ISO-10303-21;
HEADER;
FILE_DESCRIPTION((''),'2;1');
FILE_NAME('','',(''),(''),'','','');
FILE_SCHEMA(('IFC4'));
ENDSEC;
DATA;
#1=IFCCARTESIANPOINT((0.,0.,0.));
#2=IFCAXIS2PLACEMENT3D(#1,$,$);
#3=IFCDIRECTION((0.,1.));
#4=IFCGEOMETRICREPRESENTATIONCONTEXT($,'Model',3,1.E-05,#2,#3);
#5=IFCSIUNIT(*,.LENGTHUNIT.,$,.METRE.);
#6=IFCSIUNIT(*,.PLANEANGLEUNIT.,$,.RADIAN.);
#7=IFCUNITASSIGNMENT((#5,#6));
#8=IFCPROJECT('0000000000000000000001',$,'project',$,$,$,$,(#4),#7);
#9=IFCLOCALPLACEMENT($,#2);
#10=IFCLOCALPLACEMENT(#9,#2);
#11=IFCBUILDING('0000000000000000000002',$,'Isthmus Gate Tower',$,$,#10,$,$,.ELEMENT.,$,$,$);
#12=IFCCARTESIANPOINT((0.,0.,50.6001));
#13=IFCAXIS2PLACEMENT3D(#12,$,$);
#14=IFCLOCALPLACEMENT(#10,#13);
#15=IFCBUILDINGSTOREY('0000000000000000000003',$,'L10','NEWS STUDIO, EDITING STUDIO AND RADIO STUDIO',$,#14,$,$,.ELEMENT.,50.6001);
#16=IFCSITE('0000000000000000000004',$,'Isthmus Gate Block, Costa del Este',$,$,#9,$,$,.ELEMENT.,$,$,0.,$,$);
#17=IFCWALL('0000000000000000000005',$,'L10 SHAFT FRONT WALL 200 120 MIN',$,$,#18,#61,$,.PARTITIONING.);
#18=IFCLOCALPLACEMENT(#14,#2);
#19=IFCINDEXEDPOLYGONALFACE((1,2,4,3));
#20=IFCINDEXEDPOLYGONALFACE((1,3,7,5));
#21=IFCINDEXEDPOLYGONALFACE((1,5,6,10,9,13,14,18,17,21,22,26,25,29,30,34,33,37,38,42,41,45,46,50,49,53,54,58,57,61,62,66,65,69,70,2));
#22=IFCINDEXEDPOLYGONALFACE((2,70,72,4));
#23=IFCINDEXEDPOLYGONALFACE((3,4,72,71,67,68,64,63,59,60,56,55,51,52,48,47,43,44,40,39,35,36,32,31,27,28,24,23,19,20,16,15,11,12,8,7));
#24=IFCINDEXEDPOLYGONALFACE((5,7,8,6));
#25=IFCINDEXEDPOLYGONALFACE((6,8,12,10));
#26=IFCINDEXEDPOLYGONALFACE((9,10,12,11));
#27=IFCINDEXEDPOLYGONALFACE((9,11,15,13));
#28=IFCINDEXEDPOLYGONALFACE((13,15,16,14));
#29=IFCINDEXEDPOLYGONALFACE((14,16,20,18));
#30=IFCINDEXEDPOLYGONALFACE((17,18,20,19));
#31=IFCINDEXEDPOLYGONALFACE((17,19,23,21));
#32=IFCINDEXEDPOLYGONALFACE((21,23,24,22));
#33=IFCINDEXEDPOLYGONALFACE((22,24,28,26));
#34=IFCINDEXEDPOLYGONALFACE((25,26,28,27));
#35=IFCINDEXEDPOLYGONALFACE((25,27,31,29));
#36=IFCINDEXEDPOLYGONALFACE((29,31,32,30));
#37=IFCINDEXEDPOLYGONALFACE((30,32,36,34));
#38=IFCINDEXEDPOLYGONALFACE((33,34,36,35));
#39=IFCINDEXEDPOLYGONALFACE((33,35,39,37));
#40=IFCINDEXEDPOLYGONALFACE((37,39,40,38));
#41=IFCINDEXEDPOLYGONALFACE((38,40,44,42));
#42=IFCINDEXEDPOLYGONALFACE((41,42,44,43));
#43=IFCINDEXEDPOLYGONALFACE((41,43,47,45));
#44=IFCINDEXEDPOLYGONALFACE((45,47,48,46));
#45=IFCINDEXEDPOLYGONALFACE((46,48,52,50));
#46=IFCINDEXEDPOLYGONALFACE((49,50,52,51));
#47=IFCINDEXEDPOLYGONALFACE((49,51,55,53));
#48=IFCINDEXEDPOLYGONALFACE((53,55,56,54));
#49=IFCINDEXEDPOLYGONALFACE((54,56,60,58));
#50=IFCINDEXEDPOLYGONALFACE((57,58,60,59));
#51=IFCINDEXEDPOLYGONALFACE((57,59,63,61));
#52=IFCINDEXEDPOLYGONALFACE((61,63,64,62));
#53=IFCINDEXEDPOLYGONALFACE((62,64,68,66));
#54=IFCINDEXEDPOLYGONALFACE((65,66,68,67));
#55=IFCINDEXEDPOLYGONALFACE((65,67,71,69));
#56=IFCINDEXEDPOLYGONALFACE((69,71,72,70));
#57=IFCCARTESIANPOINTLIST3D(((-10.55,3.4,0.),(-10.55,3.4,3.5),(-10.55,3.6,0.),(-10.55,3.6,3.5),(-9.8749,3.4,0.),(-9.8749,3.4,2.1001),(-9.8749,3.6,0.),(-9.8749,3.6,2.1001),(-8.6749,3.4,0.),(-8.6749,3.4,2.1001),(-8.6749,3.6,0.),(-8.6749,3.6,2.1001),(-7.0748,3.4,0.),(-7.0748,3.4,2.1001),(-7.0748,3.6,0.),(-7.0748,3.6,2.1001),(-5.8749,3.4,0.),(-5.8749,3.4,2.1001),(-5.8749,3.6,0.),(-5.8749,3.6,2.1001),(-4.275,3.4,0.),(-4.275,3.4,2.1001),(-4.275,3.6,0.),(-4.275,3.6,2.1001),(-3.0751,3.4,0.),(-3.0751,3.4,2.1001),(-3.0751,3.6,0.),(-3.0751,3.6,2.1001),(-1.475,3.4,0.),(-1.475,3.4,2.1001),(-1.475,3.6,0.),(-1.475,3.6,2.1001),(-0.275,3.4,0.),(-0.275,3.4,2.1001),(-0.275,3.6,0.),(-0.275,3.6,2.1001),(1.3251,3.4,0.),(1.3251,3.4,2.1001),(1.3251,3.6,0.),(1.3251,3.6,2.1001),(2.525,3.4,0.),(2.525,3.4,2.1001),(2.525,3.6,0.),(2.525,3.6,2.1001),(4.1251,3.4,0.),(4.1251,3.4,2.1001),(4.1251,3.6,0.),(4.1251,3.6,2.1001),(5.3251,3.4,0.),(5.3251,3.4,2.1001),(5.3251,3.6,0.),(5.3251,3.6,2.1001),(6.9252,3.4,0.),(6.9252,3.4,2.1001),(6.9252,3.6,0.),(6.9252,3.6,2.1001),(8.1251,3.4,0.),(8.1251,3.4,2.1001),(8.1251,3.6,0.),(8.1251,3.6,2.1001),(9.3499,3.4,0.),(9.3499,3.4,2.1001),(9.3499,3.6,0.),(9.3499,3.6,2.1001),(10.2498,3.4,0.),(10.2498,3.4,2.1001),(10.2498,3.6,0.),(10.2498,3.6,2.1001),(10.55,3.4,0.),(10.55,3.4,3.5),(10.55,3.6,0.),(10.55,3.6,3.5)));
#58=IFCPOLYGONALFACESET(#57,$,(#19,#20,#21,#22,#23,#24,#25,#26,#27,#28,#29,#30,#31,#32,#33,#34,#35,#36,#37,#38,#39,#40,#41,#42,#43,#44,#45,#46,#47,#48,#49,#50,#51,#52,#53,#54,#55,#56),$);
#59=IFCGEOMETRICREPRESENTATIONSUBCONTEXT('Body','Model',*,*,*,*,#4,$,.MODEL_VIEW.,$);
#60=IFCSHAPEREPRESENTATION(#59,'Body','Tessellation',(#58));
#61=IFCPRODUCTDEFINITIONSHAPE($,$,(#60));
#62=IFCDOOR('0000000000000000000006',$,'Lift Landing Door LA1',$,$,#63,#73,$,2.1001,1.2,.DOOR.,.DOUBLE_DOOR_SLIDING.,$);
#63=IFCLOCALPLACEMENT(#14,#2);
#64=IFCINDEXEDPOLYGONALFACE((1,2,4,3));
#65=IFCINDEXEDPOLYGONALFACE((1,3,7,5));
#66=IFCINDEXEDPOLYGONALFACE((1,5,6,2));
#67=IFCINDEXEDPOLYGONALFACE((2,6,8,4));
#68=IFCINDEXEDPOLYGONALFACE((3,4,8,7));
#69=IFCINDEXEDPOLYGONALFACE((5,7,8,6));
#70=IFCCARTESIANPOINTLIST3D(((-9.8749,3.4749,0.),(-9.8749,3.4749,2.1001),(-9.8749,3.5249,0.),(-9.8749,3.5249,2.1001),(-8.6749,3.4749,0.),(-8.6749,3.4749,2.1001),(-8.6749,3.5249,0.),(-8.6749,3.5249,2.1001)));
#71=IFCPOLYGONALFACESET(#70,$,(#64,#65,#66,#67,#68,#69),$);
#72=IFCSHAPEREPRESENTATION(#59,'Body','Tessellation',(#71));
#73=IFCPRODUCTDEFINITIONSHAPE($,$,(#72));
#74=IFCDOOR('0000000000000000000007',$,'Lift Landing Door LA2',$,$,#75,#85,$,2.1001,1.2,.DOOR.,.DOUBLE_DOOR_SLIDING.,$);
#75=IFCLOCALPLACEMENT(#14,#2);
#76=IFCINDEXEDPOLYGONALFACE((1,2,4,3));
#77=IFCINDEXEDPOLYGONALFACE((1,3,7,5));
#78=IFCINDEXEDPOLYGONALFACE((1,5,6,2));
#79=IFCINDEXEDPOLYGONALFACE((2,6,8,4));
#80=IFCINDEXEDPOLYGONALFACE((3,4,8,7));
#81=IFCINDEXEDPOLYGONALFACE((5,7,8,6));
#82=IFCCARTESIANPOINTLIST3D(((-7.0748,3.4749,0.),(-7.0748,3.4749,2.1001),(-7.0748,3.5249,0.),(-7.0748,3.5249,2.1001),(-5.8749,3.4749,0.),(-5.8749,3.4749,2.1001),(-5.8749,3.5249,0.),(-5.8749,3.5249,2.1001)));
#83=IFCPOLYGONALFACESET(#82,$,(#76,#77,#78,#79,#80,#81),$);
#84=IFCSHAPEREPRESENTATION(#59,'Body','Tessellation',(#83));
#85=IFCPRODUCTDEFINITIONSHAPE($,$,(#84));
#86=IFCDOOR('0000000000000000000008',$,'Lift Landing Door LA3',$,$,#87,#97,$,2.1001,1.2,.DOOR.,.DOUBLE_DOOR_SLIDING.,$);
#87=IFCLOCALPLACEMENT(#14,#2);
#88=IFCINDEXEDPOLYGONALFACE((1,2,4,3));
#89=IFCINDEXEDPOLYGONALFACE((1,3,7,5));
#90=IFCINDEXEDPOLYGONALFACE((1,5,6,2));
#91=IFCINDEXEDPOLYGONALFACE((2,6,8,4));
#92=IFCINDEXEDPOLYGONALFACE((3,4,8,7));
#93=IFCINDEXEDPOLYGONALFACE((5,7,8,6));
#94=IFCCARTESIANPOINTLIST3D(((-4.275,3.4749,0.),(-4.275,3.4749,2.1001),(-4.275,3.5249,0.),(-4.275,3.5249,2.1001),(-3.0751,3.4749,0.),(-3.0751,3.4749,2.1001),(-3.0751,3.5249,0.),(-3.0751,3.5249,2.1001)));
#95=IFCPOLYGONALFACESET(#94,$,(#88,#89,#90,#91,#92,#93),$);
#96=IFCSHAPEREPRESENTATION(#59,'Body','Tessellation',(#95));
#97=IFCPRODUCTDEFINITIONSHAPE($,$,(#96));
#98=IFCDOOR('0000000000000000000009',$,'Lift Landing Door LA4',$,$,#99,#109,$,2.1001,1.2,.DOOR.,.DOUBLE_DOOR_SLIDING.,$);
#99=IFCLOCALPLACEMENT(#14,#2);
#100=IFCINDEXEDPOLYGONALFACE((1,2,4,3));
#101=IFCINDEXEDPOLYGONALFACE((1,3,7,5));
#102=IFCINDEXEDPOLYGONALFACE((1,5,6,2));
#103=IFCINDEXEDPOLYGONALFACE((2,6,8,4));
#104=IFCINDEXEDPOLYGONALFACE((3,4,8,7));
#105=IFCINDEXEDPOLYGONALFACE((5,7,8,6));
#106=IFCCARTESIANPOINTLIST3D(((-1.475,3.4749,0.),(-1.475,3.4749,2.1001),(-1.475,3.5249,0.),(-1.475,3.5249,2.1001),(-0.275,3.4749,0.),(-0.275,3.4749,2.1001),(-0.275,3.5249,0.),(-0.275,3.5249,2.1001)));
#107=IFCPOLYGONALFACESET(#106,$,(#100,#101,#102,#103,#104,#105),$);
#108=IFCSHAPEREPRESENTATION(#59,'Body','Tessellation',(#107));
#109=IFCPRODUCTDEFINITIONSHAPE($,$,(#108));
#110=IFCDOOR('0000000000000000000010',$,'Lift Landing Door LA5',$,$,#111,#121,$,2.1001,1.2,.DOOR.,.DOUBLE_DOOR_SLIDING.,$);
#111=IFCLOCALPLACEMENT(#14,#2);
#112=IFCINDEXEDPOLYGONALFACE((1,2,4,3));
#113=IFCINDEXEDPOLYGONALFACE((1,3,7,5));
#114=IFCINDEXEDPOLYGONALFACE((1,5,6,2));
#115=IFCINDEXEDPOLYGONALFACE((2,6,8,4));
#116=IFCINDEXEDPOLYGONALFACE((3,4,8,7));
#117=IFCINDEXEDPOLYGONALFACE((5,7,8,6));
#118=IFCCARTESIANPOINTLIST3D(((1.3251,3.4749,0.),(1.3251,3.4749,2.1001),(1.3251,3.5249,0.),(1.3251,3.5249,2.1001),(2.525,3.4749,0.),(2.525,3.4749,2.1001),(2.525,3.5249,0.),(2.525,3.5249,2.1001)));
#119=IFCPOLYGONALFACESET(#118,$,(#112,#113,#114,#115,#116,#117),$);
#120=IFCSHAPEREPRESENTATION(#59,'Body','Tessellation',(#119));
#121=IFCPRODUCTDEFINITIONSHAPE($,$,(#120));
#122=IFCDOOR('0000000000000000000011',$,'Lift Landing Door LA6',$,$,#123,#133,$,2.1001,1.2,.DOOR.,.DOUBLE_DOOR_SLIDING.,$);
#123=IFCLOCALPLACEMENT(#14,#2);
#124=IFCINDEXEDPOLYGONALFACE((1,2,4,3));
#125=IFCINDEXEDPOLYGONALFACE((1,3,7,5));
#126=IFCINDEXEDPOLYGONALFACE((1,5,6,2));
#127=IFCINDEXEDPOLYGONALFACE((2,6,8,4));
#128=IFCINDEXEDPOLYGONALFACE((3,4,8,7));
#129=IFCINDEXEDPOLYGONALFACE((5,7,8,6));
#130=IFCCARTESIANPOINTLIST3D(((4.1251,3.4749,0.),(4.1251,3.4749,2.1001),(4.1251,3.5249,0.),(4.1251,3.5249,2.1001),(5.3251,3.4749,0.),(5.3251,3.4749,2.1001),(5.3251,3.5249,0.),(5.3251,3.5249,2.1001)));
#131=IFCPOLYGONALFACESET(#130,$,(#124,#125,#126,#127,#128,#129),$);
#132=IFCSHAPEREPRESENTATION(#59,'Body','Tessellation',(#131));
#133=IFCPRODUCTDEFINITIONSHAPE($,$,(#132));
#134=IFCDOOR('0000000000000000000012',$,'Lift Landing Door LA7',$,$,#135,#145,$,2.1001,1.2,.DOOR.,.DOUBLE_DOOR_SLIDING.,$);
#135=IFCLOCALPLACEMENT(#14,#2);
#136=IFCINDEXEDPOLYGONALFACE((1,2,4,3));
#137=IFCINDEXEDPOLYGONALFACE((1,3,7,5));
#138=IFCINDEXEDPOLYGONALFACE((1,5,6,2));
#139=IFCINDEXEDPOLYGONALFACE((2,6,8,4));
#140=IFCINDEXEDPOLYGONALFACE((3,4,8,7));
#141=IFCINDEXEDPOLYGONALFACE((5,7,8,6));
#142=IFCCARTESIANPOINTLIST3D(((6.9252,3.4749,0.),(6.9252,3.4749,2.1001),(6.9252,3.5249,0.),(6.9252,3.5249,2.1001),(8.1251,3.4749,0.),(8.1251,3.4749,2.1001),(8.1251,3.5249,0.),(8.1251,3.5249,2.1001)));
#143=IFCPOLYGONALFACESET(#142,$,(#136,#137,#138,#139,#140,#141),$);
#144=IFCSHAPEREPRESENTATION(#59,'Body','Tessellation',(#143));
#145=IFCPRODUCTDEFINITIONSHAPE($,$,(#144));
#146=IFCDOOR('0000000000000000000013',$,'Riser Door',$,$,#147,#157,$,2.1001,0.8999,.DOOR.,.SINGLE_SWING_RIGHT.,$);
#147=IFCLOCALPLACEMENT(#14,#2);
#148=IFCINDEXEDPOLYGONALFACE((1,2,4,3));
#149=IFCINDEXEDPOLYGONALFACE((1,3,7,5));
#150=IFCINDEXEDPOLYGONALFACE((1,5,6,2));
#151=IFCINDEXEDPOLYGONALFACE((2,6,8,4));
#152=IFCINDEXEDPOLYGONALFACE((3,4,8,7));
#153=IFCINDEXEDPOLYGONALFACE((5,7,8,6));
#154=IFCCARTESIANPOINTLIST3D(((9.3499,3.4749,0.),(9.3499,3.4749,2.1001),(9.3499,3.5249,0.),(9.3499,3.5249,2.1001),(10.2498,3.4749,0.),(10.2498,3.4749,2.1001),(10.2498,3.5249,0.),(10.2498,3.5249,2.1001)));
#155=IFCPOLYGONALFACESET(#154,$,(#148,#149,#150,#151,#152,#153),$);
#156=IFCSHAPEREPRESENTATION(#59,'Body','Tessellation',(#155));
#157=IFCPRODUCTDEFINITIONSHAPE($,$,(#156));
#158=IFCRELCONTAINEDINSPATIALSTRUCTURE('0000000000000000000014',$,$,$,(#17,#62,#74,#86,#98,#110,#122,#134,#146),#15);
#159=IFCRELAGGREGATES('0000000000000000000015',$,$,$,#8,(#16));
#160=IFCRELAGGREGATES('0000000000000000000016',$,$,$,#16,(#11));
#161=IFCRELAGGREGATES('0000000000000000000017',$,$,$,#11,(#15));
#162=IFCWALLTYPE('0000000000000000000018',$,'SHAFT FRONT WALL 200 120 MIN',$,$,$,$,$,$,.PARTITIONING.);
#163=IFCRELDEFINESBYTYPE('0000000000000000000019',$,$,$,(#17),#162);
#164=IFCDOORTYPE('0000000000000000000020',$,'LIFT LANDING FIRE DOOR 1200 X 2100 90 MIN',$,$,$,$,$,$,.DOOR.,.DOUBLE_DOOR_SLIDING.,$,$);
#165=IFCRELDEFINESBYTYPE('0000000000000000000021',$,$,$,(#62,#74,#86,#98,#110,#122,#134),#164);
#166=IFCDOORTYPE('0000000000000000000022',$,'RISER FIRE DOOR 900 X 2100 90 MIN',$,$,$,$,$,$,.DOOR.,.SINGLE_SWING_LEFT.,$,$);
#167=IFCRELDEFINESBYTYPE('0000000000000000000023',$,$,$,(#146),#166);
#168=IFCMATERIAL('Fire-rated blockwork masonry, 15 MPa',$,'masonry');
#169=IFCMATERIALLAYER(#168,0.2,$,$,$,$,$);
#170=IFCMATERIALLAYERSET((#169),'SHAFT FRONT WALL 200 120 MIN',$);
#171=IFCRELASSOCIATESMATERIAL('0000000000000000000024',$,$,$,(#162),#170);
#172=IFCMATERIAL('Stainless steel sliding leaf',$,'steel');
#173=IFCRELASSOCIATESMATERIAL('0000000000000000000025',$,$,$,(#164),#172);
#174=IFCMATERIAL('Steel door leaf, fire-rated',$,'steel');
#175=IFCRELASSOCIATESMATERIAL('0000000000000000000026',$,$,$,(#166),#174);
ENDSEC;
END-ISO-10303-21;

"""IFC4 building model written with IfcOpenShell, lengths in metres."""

from ifc_helpers import new_model, si_unit, direction, frame, frame_2d, origin, place, context, subcontext, project, spatial, rectangle, extrude, material, layer, layer_set, type_object, element, fill, save


model = new_model("IFC4")

# Units and contexts
model_context = context("Model", 3, precision=1e-05, world=origin(), true_north=direction((0.0, 1.0)))
body_context = subcontext(model_context, "Body", "Model", "MODEL_VIEW")
ifc_project = project(units=[si_unit("LENGTHUNIT", "METRE"), si_unit("PLANEANGLEUNIT", "RADIAN")], contexts=[model_context])

# Site, building, storey
site_placement = place(None, origin())
site = spatial("IfcSite", under=ifc_project, at=site_placement, Name="Isthmus Gate Block, Costa del Este", CompositionType="ELEMENT", RefElevation=0.0)
building_placement = place(site_placement, origin())
building = spatial("IfcBuilding", under=site, at=building_placement, Name="Isthmus Gate Tower", CompositionType="ELEMENT")
storey_placement = place(building_placement, frame((0.0, 0.0, 50.6001)))
storey = spatial("IfcBuildingStorey", under=building, at=storey_placement, Name="L10", Description="NEWS STUDIO, EDITING STUDIO AND RADIO STUDIO", CompositionType="ELEMENT", Elevation=50.6001)

# Wall, openings, doors
ifc_material_1 = material(Name="Fire-rated blockwork masonry, 15 MPa", Category="masonry")
ifc_layer_1 = layer(ifc_material_1, 0.2)
ifc_layer_set_1 = layer_set([ifc_layer_1], Name="SHAFT FRONT WALL 200 120 MIN")
wall_type_1 = type_object("IfcWallType", Name="SHAFT FRONT WALL 200 120 MIN", PredefinedType="PARTITIONING", material=ifc_layer_set_1)
wall_1_placement = place(storey_placement, frame((-10.55, 3.5, 0.0), z_axis=(0.0, 0.0, 1.0), x_axis=(1.0, 0.0, 0.0)))
wall_1 = element("IfcWall", 1, at=wall_1_placement, inside=storey, type_object=wall_type_1, Name="L10 SHAFT FRONT WALL 200 120 MIN", PredefinedType="PARTITIONING", context=body_context, shape_type="SweptSolid", body=[
    extrude(rectangle(XDim=21.1001, YDim=0.2, at=frame_2d((10.55, 0.0))), origin(), (0.0, 0.0, 1.0), 3.5),
])
opening_1_placement = place(wall_1_placement, frame((0.675, 0.0, 0.0)))
opening_1 = element("IfcOpeningElement", 2, at=opening_1_placement, cuts=wall_1, PredefinedType="OPENING", context=body_context, shape_type="SweptSolid", body=[
    extrude(rectangle(XDim=1.2, YDim=2.1001, at=frame_2d((0.6001, 1.05))), frame((0.0, 0.1099, 0.0), z_axis=(0.0, -1.0, 0.0), x_axis=(1.0, 0.0, 0.0)), (0.0, 0.0, 1.0), 0.22),
])
opening_2_placement = place(wall_1_placement, frame((3.4751, 0.0, 0.0)))
opening_2 = element("IfcOpeningElement", 3, at=opening_2_placement, cuts=wall_1, PredefinedType="OPENING", context=body_context, shape_type="SweptSolid", body=[
    extrude(rectangle(XDim=1.2, YDim=2.1001, at=frame_2d((0.6001, 1.05))), frame((0.0, 0.1099, 0.0), z_axis=(0.0, -1.0, 0.0), x_axis=(1.0, 0.0, 0.0)), (0.0, 0.0, 1.0), 0.22),
])
opening_3_placement = place(wall_1_placement, frame((6.2749, 0.0, 0.0)))
opening_3 = element("IfcOpeningElement", 4, at=opening_3_placement, cuts=wall_1, PredefinedType="OPENING", context=body_context, shape_type="SweptSolid", body=[
    extrude(rectangle(XDim=1.2, YDim=2.1001, at=frame_2d((0.6001, 1.05))), frame((0.0, 0.1099, 0.0), z_axis=(0.0, -1.0, 0.0), x_axis=(1.0, 0.0, 0.0)), (0.0, 0.0, 1.0), 0.22),
])
opening_4_placement = place(wall_1_placement, frame((9.075, 0.0, 0.0)))
opening_4 = element("IfcOpeningElement", 5, at=opening_4_placement, cuts=wall_1, PredefinedType="OPENING", context=body_context, shape_type="SweptSolid", body=[
    extrude(rectangle(XDim=1.2, YDim=2.1001, at=frame_2d((0.6001, 1.05))), frame((0.0, 0.1099, 0.0), z_axis=(0.0, -1.0, 0.0), x_axis=(1.0, 0.0, 0.0)), (0.0, 0.0, 1.0), 0.22),
])
opening_5_placement = place(wall_1_placement, frame((11.875, 0.0, 0.0)))
opening_5 = element("IfcOpeningElement", 6, at=opening_5_placement, cuts=wall_1, PredefinedType="OPENING", context=body_context, shape_type="SweptSolid", body=[
    extrude(rectangle(XDim=1.2, YDim=2.1001, at=frame_2d((0.6001, 1.05))), frame((0.0, 0.1099, 0.0), z_axis=(0.0, -1.0, 0.0), x_axis=(1.0, 0.0, 0.0)), (0.0, 0.0, 1.0), 0.22),
])
opening_6_placement = place(wall_1_placement, frame((14.675, 0.0, 0.0)))
opening_6 = element("IfcOpeningElement", 7, at=opening_6_placement, cuts=wall_1, PredefinedType="OPENING", context=body_context, shape_type="SweptSolid", body=[
    extrude(rectangle(XDim=1.2, YDim=2.1001, at=frame_2d((0.6001, 1.05))), frame((0.0, 0.1099, 0.0), z_axis=(0.0, -1.0, 0.0), x_axis=(1.0, 0.0, 0.0)), (0.0, 0.0, 1.0), 0.22),
])
opening_7_placement = place(wall_1_placement, frame((17.4751, 0.0, 0.0)))
opening_7 = element("IfcOpeningElement", 8, at=opening_7_placement, cuts=wall_1, PredefinedType="OPENING", context=body_context, shape_type="SweptSolid", body=[
    extrude(rectangle(XDim=1.2, YDim=2.1001, at=frame_2d((0.6001, 1.05))), frame((0.0, 0.1099, 0.0), z_axis=(0.0, -1.0, 0.0), x_axis=(1.0, 0.0, 0.0)), (0.0, 0.0, 1.0), 0.22),
])
opening_8_placement = place(wall_1_placement, frame((19.8999, 0.0, 0.0)))
opening_8 = element("IfcOpeningElement", 9, at=opening_8_placement, cuts=wall_1, PredefinedType="OPENING", context=body_context, shape_type="SweptSolid", body=[
    extrude(rectangle(XDim=0.8999, YDim=2.1001, at=frame_2d((0.45, 1.05))), frame((0.0, 0.1099, 0.0), z_axis=(0.0, -1.0, 0.0), x_axis=(1.0, 0.0, 0.0)), (0.0, 0.0, 1.0), 0.22),
])
ifc_material_2 = material(Name="Stainless steel sliding leaf", Category="steel")
door_type_1 = type_object("IfcDoorType", Name="LIFT LANDING FIRE DOOR 1200 X 2100 90 MIN", OperationType="DOUBLE_DOOR_SLIDING", PredefinedType="DOOR", material=ifc_material_2)
door_1_placement = place(opening_1_placement, origin())
door_1 = element("IfcDoor", 10, at=door_1_placement, inside=storey, type_object=door_type_1, Name="Lift Landing Door LA1", OperationType="DOUBLE_DOOR_SLIDING", OverallHeight=2.1001, OverallWidth=1.2, PredefinedType="DOOR", context=body_context, shape_type="SweptSolid", body=[
    extrude(rectangle(XDim=1.2, YDim=2.1001, at=frame_2d((0.6001, 1.05))), frame((0.0, 0.0249, 0.0), z_axis=(0.0, -1.0, 0.0), x_axis=(1.0, 0.0, 0.0)), (0.0, 0.0, 1.0), 0.05),
])
fill(opening_1, door_1)
door_2_placement = place(opening_2_placement, origin())
door_2 = element("IfcDoor", 11, at=door_2_placement, inside=storey, type_object=door_type_1, Name="Lift Landing Door LA2", OperationType="DOUBLE_DOOR_SLIDING", OverallHeight=2.1001, OverallWidth=1.2, PredefinedType="DOOR", context=body_context, shape_type="SweptSolid", body=[
    extrude(rectangle(XDim=1.2, YDim=2.1001, at=frame_2d((0.6001, 1.05))), frame((0.0, 0.0249, 0.0), z_axis=(0.0, -1.0, 0.0), x_axis=(1.0, 0.0, 0.0)), (0.0, 0.0, 1.0), 0.05),
])
fill(opening_2, door_2)
door_3_placement = place(opening_3_placement, origin())
door_3 = element("IfcDoor", 12, at=door_3_placement, inside=storey, type_object=door_type_1, Name="Lift Landing Door LA3", OperationType="DOUBLE_DOOR_SLIDING", OverallHeight=2.1001, OverallWidth=1.2, PredefinedType="DOOR", context=body_context, shape_type="SweptSolid", body=[
    extrude(rectangle(XDim=1.2, YDim=2.1001, at=frame_2d((0.6001, 1.05))), frame((0.0, 0.0249, 0.0), z_axis=(0.0, -1.0, 0.0), x_axis=(1.0, 0.0, 0.0)), (0.0, 0.0, 1.0), 0.05),
])
fill(opening_3, door_3)
door_4_placement = place(opening_4_placement, origin())
door_4 = element("IfcDoor", 13, at=door_4_placement, inside=storey, type_object=door_type_1, Name="Lift Landing Door LA4", OperationType="DOUBLE_DOOR_SLIDING", OverallHeight=2.1001, OverallWidth=1.2, PredefinedType="DOOR", context=body_context, shape_type="SweptSolid", body=[
    extrude(rectangle(XDim=1.2, YDim=2.1001, at=frame_2d((0.6001, 1.05))), frame((0.0, 0.0249, 0.0), z_axis=(0.0, -1.0, 0.0), x_axis=(1.0, 0.0, 0.0)), (0.0, 0.0, 1.0), 0.05),
])
fill(opening_4, door_4)
door_5_placement = place(opening_5_placement, origin())
door_5 = element("IfcDoor", 14, at=door_5_placement, inside=storey, type_object=door_type_1, Name="Lift Landing Door LA5", OperationType="DOUBLE_DOOR_SLIDING", OverallHeight=2.1001, OverallWidth=1.2, PredefinedType="DOOR", context=body_context, shape_type="SweptSolid", body=[
    extrude(rectangle(XDim=1.2, YDim=2.1001, at=frame_2d((0.6001, 1.05))), frame((0.0, 0.0249, 0.0), z_axis=(0.0, -1.0, 0.0), x_axis=(1.0, 0.0, 0.0)), (0.0, 0.0, 1.0), 0.05),
])
fill(opening_5, door_5)
door_6_placement = place(opening_6_placement, origin())
door_6 = element("IfcDoor", 15, at=door_6_placement, inside=storey, type_object=door_type_1, Name="Lift Landing Door LA6", OperationType="DOUBLE_DOOR_SLIDING", OverallHeight=2.1001, OverallWidth=1.2, PredefinedType="DOOR", context=body_context, shape_type="SweptSolid", body=[
    extrude(rectangle(XDim=1.2, YDim=2.1001, at=frame_2d((0.6001, 1.05))), frame((0.0, 0.0249, 0.0), z_axis=(0.0, -1.0, 0.0), x_axis=(1.0, 0.0, 0.0)), (0.0, 0.0, 1.0), 0.05),
])
fill(opening_6, door_6)
door_7_placement = place(opening_7_placement, origin())
door_7 = element("IfcDoor", 16, at=door_7_placement, inside=storey, type_object=door_type_1, Name="Lift Landing Door LA7", OperationType="DOUBLE_DOOR_SLIDING", OverallHeight=2.1001, OverallWidth=1.2, PredefinedType="DOOR", context=body_context, shape_type="SweptSolid", body=[
    extrude(rectangle(XDim=1.2, YDim=2.1001, at=frame_2d((0.6001, 1.05))), frame((0.0, 0.0249, 0.0), z_axis=(0.0, -1.0, 0.0), x_axis=(1.0, 0.0, 0.0)), (0.0, 0.0, 1.0), 0.05),
])
fill(opening_7, door_7)
ifc_material_3 = material(Name="Steel door leaf, fire-rated", Category="steel")
door_type_2 = type_object("IfcDoorType", Name="RISER FIRE DOOR 900 X 2100 90 MIN", OperationType="SINGLE_SWING_LEFT", PredefinedType="DOOR", material=ifc_material_3)
door_8_placement = place(opening_8_placement, origin())
door_8 = element("IfcDoor", 17, at=door_8_placement, inside=storey, type_object=door_type_2, Name="Riser Door", OperationType="SINGLE_SWING_RIGHT", OverallHeight=2.1001, OverallWidth=0.8999, PredefinedType="DOOR", context=body_context, shape_type="SweptSolid", body=[
    extrude(rectangle(XDim=0.8999, YDim=2.1001, at=frame_2d((0.45, 1.05))), frame((0.0, 0.0249, 0.0), z_axis=(0.0, -1.0, 0.0), x_axis=(1.0, 0.0, 0.0)), (0.0, 0.0, 1.0), 0.05),
])
fill(opening_8, door_8)

save(model, "model.ifc")
